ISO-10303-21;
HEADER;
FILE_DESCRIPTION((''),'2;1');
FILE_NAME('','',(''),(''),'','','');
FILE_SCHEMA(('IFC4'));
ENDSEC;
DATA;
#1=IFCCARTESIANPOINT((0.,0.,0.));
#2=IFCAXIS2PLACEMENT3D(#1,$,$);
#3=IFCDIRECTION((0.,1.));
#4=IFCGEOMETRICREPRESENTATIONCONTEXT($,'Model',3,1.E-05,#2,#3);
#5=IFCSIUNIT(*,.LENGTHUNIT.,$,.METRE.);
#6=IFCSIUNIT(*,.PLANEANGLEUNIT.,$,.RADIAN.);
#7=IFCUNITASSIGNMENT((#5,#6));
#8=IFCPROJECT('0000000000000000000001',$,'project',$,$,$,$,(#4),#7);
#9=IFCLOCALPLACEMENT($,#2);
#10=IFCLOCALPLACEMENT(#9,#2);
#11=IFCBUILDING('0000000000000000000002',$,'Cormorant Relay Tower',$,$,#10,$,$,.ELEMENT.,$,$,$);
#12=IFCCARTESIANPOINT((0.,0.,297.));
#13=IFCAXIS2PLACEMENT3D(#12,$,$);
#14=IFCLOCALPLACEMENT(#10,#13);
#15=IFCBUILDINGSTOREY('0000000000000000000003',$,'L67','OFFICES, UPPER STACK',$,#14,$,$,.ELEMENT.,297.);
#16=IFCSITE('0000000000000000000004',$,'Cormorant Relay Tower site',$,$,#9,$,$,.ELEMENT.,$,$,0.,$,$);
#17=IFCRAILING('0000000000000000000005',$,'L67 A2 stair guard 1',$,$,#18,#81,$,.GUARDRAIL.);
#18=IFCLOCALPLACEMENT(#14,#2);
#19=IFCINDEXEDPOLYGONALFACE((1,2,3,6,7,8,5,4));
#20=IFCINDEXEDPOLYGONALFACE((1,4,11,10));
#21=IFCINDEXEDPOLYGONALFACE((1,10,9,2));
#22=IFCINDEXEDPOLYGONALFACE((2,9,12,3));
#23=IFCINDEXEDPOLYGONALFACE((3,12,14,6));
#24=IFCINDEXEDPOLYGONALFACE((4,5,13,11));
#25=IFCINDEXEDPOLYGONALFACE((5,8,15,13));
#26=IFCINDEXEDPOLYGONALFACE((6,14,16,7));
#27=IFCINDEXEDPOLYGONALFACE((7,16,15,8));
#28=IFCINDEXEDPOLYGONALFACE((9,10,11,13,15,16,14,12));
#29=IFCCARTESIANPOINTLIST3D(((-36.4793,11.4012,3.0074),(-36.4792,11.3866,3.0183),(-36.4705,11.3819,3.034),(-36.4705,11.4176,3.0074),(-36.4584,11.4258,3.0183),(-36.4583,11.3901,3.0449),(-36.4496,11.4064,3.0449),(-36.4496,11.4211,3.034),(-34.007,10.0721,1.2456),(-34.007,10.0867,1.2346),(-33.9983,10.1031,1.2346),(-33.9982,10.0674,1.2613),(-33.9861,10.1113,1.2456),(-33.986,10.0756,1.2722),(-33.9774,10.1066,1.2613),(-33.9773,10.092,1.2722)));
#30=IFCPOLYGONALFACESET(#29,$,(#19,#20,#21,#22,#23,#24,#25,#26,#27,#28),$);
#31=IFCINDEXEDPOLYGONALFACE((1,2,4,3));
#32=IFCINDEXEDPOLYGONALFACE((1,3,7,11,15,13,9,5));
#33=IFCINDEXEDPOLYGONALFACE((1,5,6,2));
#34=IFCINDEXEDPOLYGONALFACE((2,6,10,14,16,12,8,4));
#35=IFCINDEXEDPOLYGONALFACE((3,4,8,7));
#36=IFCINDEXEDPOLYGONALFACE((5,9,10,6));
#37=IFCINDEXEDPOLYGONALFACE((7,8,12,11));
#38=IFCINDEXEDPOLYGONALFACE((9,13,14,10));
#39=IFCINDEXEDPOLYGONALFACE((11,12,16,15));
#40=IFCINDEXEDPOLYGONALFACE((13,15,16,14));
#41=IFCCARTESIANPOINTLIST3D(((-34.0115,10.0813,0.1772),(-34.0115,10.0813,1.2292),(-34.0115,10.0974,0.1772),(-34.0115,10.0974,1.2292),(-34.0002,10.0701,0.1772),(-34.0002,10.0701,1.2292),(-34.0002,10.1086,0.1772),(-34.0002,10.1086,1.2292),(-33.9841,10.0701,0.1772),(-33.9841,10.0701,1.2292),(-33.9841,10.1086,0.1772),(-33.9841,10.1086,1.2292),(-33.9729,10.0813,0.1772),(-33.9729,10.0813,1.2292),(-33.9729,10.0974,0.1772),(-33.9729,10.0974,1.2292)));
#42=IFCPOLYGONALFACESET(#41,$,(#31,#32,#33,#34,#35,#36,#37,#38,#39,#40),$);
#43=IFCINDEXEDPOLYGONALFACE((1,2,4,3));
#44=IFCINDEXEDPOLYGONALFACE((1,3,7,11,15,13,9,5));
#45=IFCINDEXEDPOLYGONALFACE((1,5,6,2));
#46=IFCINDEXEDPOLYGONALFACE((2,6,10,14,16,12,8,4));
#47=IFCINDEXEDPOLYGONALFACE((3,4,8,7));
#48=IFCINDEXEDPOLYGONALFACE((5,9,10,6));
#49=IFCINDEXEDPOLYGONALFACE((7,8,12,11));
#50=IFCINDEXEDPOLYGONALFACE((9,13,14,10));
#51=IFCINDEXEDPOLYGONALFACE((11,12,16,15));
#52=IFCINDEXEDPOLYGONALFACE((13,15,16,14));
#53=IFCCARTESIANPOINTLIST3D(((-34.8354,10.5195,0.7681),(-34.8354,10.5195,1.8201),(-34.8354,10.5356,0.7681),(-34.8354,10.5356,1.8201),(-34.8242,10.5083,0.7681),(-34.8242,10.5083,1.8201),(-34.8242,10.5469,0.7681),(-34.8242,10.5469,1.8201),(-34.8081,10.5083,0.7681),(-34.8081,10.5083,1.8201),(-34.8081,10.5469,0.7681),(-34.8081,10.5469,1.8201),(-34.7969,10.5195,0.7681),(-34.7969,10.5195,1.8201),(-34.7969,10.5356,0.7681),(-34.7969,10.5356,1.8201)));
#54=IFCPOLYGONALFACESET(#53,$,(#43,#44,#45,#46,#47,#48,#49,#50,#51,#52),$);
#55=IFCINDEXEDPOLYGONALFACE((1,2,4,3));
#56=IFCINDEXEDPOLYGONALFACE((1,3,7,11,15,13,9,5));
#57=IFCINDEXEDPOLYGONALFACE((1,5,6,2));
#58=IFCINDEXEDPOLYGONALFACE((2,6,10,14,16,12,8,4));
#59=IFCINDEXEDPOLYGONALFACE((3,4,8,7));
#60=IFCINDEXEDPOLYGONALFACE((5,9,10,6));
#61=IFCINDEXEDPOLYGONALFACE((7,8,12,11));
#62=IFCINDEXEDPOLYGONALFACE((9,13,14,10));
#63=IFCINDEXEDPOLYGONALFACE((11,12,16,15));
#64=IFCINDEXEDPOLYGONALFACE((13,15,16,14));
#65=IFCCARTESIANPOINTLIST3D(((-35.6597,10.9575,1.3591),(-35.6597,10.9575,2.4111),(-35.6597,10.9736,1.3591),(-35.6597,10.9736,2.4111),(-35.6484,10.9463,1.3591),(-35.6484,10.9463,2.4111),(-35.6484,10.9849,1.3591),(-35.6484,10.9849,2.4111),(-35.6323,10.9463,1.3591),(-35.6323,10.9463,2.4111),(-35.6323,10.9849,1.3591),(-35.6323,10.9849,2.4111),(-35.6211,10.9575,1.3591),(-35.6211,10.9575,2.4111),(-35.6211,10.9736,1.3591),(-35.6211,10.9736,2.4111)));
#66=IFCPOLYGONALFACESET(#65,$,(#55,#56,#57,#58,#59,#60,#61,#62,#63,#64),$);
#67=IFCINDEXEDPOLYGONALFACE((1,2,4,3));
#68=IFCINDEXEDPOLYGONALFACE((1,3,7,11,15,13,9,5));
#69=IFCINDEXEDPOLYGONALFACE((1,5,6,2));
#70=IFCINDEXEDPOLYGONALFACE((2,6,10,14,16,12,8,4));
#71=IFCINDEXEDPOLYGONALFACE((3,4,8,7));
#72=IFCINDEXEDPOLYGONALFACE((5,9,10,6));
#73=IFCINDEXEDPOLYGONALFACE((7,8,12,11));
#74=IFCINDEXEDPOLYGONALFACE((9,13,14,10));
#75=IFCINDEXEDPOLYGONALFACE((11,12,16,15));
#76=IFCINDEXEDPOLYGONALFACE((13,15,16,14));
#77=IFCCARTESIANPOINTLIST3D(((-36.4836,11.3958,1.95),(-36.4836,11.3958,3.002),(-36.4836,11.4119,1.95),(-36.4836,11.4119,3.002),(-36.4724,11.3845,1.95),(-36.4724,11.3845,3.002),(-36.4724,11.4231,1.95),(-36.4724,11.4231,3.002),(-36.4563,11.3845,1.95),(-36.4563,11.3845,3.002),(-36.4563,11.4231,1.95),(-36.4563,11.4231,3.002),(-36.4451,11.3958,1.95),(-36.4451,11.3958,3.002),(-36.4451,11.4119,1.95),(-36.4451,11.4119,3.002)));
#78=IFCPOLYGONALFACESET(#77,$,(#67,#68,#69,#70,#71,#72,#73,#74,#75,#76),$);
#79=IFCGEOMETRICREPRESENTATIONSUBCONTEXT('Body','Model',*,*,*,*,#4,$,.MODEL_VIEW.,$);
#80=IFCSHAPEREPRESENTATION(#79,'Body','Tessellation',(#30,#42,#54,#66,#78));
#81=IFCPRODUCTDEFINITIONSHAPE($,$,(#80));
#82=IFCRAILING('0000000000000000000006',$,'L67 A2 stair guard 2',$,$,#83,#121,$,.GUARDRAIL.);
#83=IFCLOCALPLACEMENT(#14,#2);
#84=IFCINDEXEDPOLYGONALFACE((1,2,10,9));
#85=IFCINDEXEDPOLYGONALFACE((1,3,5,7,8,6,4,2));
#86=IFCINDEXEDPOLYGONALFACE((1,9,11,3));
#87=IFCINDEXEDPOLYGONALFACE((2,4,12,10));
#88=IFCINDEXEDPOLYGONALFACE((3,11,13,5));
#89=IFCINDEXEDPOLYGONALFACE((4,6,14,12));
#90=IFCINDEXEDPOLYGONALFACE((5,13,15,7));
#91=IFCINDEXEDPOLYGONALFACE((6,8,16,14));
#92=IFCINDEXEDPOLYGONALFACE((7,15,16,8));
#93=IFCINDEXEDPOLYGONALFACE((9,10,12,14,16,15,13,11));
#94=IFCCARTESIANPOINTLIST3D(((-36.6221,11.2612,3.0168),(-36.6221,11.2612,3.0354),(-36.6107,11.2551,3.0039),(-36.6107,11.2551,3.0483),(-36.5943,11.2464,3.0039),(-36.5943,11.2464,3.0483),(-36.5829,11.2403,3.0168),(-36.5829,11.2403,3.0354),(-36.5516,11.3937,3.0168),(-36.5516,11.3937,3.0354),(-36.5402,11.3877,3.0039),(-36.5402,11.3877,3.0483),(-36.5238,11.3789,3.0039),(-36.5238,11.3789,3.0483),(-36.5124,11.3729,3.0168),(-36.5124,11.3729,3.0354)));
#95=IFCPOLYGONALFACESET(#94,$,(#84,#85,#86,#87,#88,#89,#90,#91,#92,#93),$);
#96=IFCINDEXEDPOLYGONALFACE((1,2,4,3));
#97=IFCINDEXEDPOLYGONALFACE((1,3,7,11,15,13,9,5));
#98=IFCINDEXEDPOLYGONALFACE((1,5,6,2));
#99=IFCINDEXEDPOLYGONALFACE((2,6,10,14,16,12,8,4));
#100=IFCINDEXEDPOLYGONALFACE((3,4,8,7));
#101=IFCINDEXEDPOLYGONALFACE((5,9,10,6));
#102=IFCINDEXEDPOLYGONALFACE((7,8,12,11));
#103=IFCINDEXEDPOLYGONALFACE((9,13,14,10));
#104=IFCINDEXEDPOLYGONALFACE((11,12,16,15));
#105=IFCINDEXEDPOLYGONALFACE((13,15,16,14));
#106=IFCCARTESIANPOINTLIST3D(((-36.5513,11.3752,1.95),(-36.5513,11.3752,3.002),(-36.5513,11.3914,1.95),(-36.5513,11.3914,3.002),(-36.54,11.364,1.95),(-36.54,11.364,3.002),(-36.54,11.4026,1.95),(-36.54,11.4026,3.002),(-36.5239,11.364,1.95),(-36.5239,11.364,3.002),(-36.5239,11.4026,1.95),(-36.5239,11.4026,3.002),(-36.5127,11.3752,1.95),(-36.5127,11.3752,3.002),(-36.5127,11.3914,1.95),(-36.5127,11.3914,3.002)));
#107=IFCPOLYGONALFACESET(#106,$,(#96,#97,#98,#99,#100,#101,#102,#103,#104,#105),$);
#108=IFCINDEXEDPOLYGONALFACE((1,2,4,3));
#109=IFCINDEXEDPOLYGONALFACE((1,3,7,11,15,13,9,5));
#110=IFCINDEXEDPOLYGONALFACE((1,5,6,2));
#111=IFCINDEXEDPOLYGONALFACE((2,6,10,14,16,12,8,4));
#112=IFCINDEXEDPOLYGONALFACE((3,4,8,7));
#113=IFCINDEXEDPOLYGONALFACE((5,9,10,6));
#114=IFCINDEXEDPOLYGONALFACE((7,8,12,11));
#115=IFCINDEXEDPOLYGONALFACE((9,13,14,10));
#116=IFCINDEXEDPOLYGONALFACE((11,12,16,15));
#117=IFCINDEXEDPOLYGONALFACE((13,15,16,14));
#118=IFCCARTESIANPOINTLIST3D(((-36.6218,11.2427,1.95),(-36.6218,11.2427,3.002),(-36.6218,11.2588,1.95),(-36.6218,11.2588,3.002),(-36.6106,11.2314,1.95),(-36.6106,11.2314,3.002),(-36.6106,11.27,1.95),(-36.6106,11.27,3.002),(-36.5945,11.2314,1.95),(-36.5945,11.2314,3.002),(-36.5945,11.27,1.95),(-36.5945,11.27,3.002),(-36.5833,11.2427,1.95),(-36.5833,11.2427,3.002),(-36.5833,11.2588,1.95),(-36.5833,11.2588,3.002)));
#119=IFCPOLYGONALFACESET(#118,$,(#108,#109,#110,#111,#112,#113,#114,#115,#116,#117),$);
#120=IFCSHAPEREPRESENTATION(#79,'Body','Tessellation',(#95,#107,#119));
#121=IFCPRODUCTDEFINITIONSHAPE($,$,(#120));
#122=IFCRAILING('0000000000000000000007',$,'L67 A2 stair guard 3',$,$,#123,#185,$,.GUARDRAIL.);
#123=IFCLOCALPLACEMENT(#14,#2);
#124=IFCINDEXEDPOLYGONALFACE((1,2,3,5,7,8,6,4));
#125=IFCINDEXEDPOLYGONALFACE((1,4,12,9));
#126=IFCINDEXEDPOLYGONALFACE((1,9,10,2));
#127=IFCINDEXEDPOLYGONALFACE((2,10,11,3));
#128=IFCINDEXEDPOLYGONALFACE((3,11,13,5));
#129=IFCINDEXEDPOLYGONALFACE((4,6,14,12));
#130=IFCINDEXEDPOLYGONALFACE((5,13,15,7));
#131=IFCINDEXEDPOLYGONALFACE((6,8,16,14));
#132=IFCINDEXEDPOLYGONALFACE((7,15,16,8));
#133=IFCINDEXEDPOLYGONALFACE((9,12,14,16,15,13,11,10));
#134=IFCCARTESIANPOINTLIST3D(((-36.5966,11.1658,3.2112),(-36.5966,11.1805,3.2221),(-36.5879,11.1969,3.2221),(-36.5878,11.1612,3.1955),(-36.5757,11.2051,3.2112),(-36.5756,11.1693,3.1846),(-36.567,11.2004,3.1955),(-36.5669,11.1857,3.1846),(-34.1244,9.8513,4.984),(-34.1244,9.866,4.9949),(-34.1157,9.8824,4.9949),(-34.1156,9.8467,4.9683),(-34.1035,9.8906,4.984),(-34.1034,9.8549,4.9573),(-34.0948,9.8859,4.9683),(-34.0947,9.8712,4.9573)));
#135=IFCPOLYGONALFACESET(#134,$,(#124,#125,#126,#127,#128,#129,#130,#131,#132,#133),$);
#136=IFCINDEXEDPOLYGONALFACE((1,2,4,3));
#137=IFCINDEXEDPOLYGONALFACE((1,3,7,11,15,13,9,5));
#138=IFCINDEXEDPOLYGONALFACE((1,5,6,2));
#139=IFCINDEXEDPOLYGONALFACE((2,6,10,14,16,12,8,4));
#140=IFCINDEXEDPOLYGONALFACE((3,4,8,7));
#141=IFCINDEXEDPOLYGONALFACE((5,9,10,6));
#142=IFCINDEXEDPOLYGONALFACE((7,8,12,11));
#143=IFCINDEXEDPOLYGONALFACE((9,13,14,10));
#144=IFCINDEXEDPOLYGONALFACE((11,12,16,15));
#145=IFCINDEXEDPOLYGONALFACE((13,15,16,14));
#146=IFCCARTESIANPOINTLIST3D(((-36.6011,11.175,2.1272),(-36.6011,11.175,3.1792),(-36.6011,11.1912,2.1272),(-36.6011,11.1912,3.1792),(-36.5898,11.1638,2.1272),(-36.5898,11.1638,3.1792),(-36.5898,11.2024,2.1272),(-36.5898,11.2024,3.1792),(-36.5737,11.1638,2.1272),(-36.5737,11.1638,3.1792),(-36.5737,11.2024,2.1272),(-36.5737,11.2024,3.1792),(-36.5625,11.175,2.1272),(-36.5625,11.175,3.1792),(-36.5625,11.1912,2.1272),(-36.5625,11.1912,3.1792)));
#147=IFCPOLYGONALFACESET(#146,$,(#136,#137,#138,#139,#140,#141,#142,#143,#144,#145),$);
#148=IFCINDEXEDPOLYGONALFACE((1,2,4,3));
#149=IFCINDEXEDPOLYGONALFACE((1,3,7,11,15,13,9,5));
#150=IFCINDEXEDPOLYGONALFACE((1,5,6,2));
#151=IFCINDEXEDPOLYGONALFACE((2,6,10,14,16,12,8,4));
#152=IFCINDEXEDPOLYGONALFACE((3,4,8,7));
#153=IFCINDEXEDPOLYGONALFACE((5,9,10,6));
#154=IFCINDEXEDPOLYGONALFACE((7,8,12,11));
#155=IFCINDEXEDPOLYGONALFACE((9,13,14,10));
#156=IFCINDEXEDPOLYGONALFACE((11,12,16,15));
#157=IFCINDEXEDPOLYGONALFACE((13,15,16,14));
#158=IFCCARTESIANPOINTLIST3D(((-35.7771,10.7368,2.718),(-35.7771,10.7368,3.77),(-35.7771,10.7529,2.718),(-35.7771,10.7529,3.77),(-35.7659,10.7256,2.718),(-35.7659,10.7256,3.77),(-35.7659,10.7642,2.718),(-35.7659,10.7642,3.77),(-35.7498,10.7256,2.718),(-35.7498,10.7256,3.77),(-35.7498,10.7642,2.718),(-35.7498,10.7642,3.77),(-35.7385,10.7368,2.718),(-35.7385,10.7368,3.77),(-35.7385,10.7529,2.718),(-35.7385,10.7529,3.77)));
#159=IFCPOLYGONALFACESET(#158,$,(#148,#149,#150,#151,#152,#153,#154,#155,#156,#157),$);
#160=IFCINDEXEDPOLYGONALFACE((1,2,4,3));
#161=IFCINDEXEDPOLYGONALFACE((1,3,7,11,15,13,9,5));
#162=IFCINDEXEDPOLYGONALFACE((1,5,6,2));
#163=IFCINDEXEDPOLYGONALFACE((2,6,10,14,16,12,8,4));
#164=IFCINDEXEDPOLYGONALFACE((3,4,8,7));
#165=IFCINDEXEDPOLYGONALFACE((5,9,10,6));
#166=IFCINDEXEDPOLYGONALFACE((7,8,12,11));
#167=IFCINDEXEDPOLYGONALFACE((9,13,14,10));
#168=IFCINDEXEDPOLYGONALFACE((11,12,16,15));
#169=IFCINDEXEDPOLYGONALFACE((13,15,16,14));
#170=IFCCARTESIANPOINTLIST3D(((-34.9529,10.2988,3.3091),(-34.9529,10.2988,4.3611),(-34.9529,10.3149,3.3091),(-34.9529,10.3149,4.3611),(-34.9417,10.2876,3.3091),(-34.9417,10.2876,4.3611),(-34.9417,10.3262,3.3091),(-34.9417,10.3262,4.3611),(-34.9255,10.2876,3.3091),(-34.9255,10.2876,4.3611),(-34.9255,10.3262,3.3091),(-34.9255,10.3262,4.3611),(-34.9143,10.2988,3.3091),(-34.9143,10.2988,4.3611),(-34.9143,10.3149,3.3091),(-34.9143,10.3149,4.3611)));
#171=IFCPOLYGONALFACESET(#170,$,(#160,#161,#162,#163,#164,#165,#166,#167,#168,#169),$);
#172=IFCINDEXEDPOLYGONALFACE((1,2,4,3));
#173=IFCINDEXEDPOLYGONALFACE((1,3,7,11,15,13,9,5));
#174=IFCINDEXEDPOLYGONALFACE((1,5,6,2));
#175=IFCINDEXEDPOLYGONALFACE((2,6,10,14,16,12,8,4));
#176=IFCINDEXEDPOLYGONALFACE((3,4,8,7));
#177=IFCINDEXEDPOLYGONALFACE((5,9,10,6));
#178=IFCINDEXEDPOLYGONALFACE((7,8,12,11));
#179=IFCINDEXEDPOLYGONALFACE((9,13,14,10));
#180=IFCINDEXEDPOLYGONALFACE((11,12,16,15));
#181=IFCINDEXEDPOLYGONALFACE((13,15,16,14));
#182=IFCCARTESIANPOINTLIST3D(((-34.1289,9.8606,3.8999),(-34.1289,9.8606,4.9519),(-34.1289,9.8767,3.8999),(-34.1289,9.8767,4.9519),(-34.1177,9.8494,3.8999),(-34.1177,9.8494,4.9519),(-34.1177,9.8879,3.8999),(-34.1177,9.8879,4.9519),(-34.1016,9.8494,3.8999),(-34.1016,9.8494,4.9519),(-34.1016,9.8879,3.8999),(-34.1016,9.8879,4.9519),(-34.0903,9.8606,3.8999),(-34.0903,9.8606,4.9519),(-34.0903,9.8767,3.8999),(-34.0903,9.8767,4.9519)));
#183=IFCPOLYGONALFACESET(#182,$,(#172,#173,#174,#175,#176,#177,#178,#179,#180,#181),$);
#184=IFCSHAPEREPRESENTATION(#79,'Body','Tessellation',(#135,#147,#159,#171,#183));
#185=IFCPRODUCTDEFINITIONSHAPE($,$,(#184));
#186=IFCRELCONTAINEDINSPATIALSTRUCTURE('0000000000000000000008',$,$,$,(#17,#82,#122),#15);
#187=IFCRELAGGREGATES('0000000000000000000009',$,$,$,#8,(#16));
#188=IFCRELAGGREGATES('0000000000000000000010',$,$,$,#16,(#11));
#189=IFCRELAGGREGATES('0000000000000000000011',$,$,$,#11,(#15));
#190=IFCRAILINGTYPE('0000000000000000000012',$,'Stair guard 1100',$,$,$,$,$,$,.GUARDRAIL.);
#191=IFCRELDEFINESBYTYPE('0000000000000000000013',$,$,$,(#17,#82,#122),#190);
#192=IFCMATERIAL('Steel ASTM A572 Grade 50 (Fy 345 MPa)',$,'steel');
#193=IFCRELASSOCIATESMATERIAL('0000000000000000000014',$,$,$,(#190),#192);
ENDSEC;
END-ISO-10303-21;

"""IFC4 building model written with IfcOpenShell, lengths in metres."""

from ifc_helpers import new_model, si_unit, direction, frame, origin, place, context, subcontext, project, spatial, polyline, outline, extrude, material, type_object, element, save


model = new_model("IFC4")

# Units and contexts
model_context = context("Model", 3, precision=1e-05, world=origin(), true_north=direction((0.0, 1.0)))
body_context = subcontext(model_context, "Body", "Model", "MODEL_VIEW")
ifc_project = project(units=[si_unit("LENGTHUNIT", "METRE"), si_unit("PLANEANGLEUNIT", "RADIAN")], contexts=[model_context])

# Site, building, storey
site_placement = place(None, origin())
site = spatial("IfcSite", under=ifc_project, at=site_placement, Name="Cormorant Relay Tower site", CompositionType="ELEMENT", RefElevation=0.0)
building_placement = place(site_placement, origin())
building = spatial("IfcBuilding", under=site, at=building_placement, Name="Cormorant Relay Tower", CompositionType="ELEMENT")
storey_placement = place(building_placement, frame((0.0, 0.0, 297.0)))
storey = spatial("IfcBuildingStorey", under=building, at=storey_placement, Name="L67", Description="OFFICES, UPPER STACK", CompositionType="ELEMENT", Elevation=297.0)

# Railings
ifc_material_1 = material(Name="Steel ASTM A572 Grade 50 (Fy 345 MPa)", Category="steel")
railing_type_1 = type_object("IfcRailingType", Name="Stair guard 1100", PredefinedType="GUARDRAIL", material=ifc_material_1)
railing_1_placement = place(storey_placement, frame((-33.9922, 10.0894, 0.1772)))
element("IfcRailing", 1, at=railing_1_placement, inside=storey, type_object=railing_type_1, Name="L67 A2 stair guard 1", PredefinedType="GUARDRAIL", context=body_context, shape_type="SweptSolid", body=[
    extrude(outline(polyline([(0.0222, 0.0093), (0.0093, 0.0222), (-0.0093, 0.0222), (-0.0222, 0.0093), (-0.0222, -0.0093), (-0.0093, -0.0222), (0.0093, -0.0222), (0.0222, -0.0093), (0.0222, 0.0093)])), frame((0.0, 0.0, 1.0762), z_axis=(-0.746001, 0.396649, 0.534931), x_axis=(-0.469465, -0.882951, 0.0)), (0.0, 0.0, 1.0), 3.314),
    extrude(outline(polyline([(0.0193, 0.0081), (0.0081, 0.0193), (-0.0081, 0.0193), (-0.0193, 0.0081), (-0.0193, -0.0081), (-0.0081, -0.0193), (0.0081, -0.0193), (0.0193, -0.0081), (0.0193, 0.0081)])), origin(), (0.0, 0.0, 1.0), 1.052),
    extrude(outline(polyline([(0.0193, 0.0081), (0.0081, 0.0193), (-0.0081, 0.0193), (-0.0193, 0.0081), (-0.0193, -0.0081), (-0.0081, -0.0193), (0.0081, -0.0193), (0.0193, -0.0081), (0.0193, 0.0081)])), frame((-0.824, 0.4382, 0.5908)), (0.0, 0.0, 1.0), 1.052),
    extrude(outline(polyline([(0.0193, 0.0081), (0.0081, 0.0193), (-0.0081, 0.0193), (-0.0193, 0.0081), (-0.0193, -0.0081), (-0.0081, -0.0193), (0.0081, -0.0193), (0.0193, -0.0081), (0.0193, 0.0081)])), frame((-1.6482, 0.8762, 1.1819)), (0.0, 0.0, 1.0), 1.052),
    extrude(outline(polyline([(0.0193, 0.0081), (0.0081, 0.0193), (-0.0081, 0.0193), (-0.0193, 0.0081), (-0.0193, -0.0081), (-0.0081, -0.0193), (0.0081, -0.0193), (0.0193, -0.0081), (0.0193, 0.0081)])), frame((-2.4722, 1.3145, 1.7727)), (0.0, 0.0, 1.0), 1.052),
])
railing_2_placement = place(storey_placement, frame((-36.532, 11.3833, 1.95)))
element("IfcRailing", 2, at=railing_2_placement, inside=storey, type_object=railing_type_1, Name="L67 A2 stair guard 2", PredefinedType="GUARDRAIL", context=body_context, shape_type="SweptSolid", body=[
    extrude(outline(polyline([(0.0222, 0.0093), (0.0093, 0.0222), (-0.0093, 0.0222), (-0.0222, 0.0093), (-0.0222, -0.0093), (-0.0093, -0.0222), (0.0093, -0.0222), (0.0222, -0.0093), (0.0222, 0.0093)])), frame((0.0, 0.0, 1.0762), z_axis=(-0.469829, -0.882758, 0.0), x_axis=(0.882758, -0.469829, 0.0)), (0.0, 0.0, 1.0), 0.1501),
    extrude(outline(polyline([(0.0193, 0.0081), (0.0081, 0.0193), (-0.0081, 0.0193), (-0.0193, 0.0081), (-0.0193, -0.0081), (-0.0081, -0.0193), (0.0081, -0.0193), (0.0193, -0.0081), (0.0193, 0.0081)])), origin(), (0.0, 0.0, 1.0), 1.052),
    extrude(outline(polyline([(0.0193, 0.0081), (0.0081, 0.0193), (-0.0081, 0.0193), (-0.0193, 0.0081), (-0.0193, -0.0081), (-0.0081, -0.0193), (0.0081, -0.0193), (0.0193, -0.0081), (0.0193, 0.0081)])), frame((-0.0706, -0.1326, 0.0)), (0.0, 0.0, 1.0), 1.052),
])
railing_3_placement = place(storey_placement, frame((-36.5818, 11.1831, 2.1272)))
element("IfcRailing", 3, at=railing_3_placement, inside=storey, type_object=railing_type_1, Name="L67 A2 stair guard 3", PredefinedType="GUARDRAIL", context=body_context, shape_type="SweptSolid", body=[
    extrude(outline(polyline([(0.0222, 0.0093), (0.0093, 0.0222), (-0.0093, 0.0222), (-0.0222, 0.0093), (-0.0222, -0.0093), (-0.0093, -0.0222), (0.0093, -0.0222), (0.0222, -0.0093), (0.0222, 0.0093)])), frame((0.0, 0.0, 1.0762), z_axis=(0.746001, -0.396649, 0.534931), x_axis=(0.469465, 0.882951, 0.0)), (0.0, 0.0, 1.0), 3.314),
    extrude(outline(polyline([(0.0193, 0.0081), (0.0081, 0.0193), (-0.0081, 0.0193), (-0.0193, 0.0081), (-0.0193, -0.0081), (-0.0081, -0.0193), (0.0081, -0.0193), (0.0193, -0.0081), (0.0193, 0.0081)])), origin(), (0.0, 0.0, 1.0), 1.052),
    extrude(outline(polyline([(0.0193, 0.0081), (0.0081, 0.0193), (-0.0081, 0.0193), (-0.0193, 0.0081), (-0.0193, -0.0081), (-0.0081, -0.0193), (0.0081, -0.0193), (0.0193, -0.0081), (0.0193, 0.0081)])), frame((0.824, -0.4382, 0.5908)), (0.0, 0.0, 1.0), 1.052),
    extrude(outline(polyline([(0.0193, 0.0081), (0.0081, 0.0193), (-0.0081, 0.0193), (-0.0193, 0.0081), (-0.0193, -0.0081), (-0.0081, -0.0193), (0.0081, -0.0193), (0.0193, -0.0081), (0.0193, 0.0081)])), frame((1.6482, -0.8762, 1.1819)), (0.0, 0.0, 1.0), 1.052),
    extrude(outline(polyline([(0.0193, 0.0081), (0.0081, 0.0193), (-0.0081, 0.0193), (-0.0193, 0.0081), (-0.0193, -0.0081), (-0.0081, -0.0193), (0.0081, -0.0193), (0.0193, -0.0081), (0.0193, 0.0081)])), frame((2.4722, -1.3145, 1.7727)), (0.0, 0.0, 1.0), 1.052),
])

save(model, "model.ifc")
